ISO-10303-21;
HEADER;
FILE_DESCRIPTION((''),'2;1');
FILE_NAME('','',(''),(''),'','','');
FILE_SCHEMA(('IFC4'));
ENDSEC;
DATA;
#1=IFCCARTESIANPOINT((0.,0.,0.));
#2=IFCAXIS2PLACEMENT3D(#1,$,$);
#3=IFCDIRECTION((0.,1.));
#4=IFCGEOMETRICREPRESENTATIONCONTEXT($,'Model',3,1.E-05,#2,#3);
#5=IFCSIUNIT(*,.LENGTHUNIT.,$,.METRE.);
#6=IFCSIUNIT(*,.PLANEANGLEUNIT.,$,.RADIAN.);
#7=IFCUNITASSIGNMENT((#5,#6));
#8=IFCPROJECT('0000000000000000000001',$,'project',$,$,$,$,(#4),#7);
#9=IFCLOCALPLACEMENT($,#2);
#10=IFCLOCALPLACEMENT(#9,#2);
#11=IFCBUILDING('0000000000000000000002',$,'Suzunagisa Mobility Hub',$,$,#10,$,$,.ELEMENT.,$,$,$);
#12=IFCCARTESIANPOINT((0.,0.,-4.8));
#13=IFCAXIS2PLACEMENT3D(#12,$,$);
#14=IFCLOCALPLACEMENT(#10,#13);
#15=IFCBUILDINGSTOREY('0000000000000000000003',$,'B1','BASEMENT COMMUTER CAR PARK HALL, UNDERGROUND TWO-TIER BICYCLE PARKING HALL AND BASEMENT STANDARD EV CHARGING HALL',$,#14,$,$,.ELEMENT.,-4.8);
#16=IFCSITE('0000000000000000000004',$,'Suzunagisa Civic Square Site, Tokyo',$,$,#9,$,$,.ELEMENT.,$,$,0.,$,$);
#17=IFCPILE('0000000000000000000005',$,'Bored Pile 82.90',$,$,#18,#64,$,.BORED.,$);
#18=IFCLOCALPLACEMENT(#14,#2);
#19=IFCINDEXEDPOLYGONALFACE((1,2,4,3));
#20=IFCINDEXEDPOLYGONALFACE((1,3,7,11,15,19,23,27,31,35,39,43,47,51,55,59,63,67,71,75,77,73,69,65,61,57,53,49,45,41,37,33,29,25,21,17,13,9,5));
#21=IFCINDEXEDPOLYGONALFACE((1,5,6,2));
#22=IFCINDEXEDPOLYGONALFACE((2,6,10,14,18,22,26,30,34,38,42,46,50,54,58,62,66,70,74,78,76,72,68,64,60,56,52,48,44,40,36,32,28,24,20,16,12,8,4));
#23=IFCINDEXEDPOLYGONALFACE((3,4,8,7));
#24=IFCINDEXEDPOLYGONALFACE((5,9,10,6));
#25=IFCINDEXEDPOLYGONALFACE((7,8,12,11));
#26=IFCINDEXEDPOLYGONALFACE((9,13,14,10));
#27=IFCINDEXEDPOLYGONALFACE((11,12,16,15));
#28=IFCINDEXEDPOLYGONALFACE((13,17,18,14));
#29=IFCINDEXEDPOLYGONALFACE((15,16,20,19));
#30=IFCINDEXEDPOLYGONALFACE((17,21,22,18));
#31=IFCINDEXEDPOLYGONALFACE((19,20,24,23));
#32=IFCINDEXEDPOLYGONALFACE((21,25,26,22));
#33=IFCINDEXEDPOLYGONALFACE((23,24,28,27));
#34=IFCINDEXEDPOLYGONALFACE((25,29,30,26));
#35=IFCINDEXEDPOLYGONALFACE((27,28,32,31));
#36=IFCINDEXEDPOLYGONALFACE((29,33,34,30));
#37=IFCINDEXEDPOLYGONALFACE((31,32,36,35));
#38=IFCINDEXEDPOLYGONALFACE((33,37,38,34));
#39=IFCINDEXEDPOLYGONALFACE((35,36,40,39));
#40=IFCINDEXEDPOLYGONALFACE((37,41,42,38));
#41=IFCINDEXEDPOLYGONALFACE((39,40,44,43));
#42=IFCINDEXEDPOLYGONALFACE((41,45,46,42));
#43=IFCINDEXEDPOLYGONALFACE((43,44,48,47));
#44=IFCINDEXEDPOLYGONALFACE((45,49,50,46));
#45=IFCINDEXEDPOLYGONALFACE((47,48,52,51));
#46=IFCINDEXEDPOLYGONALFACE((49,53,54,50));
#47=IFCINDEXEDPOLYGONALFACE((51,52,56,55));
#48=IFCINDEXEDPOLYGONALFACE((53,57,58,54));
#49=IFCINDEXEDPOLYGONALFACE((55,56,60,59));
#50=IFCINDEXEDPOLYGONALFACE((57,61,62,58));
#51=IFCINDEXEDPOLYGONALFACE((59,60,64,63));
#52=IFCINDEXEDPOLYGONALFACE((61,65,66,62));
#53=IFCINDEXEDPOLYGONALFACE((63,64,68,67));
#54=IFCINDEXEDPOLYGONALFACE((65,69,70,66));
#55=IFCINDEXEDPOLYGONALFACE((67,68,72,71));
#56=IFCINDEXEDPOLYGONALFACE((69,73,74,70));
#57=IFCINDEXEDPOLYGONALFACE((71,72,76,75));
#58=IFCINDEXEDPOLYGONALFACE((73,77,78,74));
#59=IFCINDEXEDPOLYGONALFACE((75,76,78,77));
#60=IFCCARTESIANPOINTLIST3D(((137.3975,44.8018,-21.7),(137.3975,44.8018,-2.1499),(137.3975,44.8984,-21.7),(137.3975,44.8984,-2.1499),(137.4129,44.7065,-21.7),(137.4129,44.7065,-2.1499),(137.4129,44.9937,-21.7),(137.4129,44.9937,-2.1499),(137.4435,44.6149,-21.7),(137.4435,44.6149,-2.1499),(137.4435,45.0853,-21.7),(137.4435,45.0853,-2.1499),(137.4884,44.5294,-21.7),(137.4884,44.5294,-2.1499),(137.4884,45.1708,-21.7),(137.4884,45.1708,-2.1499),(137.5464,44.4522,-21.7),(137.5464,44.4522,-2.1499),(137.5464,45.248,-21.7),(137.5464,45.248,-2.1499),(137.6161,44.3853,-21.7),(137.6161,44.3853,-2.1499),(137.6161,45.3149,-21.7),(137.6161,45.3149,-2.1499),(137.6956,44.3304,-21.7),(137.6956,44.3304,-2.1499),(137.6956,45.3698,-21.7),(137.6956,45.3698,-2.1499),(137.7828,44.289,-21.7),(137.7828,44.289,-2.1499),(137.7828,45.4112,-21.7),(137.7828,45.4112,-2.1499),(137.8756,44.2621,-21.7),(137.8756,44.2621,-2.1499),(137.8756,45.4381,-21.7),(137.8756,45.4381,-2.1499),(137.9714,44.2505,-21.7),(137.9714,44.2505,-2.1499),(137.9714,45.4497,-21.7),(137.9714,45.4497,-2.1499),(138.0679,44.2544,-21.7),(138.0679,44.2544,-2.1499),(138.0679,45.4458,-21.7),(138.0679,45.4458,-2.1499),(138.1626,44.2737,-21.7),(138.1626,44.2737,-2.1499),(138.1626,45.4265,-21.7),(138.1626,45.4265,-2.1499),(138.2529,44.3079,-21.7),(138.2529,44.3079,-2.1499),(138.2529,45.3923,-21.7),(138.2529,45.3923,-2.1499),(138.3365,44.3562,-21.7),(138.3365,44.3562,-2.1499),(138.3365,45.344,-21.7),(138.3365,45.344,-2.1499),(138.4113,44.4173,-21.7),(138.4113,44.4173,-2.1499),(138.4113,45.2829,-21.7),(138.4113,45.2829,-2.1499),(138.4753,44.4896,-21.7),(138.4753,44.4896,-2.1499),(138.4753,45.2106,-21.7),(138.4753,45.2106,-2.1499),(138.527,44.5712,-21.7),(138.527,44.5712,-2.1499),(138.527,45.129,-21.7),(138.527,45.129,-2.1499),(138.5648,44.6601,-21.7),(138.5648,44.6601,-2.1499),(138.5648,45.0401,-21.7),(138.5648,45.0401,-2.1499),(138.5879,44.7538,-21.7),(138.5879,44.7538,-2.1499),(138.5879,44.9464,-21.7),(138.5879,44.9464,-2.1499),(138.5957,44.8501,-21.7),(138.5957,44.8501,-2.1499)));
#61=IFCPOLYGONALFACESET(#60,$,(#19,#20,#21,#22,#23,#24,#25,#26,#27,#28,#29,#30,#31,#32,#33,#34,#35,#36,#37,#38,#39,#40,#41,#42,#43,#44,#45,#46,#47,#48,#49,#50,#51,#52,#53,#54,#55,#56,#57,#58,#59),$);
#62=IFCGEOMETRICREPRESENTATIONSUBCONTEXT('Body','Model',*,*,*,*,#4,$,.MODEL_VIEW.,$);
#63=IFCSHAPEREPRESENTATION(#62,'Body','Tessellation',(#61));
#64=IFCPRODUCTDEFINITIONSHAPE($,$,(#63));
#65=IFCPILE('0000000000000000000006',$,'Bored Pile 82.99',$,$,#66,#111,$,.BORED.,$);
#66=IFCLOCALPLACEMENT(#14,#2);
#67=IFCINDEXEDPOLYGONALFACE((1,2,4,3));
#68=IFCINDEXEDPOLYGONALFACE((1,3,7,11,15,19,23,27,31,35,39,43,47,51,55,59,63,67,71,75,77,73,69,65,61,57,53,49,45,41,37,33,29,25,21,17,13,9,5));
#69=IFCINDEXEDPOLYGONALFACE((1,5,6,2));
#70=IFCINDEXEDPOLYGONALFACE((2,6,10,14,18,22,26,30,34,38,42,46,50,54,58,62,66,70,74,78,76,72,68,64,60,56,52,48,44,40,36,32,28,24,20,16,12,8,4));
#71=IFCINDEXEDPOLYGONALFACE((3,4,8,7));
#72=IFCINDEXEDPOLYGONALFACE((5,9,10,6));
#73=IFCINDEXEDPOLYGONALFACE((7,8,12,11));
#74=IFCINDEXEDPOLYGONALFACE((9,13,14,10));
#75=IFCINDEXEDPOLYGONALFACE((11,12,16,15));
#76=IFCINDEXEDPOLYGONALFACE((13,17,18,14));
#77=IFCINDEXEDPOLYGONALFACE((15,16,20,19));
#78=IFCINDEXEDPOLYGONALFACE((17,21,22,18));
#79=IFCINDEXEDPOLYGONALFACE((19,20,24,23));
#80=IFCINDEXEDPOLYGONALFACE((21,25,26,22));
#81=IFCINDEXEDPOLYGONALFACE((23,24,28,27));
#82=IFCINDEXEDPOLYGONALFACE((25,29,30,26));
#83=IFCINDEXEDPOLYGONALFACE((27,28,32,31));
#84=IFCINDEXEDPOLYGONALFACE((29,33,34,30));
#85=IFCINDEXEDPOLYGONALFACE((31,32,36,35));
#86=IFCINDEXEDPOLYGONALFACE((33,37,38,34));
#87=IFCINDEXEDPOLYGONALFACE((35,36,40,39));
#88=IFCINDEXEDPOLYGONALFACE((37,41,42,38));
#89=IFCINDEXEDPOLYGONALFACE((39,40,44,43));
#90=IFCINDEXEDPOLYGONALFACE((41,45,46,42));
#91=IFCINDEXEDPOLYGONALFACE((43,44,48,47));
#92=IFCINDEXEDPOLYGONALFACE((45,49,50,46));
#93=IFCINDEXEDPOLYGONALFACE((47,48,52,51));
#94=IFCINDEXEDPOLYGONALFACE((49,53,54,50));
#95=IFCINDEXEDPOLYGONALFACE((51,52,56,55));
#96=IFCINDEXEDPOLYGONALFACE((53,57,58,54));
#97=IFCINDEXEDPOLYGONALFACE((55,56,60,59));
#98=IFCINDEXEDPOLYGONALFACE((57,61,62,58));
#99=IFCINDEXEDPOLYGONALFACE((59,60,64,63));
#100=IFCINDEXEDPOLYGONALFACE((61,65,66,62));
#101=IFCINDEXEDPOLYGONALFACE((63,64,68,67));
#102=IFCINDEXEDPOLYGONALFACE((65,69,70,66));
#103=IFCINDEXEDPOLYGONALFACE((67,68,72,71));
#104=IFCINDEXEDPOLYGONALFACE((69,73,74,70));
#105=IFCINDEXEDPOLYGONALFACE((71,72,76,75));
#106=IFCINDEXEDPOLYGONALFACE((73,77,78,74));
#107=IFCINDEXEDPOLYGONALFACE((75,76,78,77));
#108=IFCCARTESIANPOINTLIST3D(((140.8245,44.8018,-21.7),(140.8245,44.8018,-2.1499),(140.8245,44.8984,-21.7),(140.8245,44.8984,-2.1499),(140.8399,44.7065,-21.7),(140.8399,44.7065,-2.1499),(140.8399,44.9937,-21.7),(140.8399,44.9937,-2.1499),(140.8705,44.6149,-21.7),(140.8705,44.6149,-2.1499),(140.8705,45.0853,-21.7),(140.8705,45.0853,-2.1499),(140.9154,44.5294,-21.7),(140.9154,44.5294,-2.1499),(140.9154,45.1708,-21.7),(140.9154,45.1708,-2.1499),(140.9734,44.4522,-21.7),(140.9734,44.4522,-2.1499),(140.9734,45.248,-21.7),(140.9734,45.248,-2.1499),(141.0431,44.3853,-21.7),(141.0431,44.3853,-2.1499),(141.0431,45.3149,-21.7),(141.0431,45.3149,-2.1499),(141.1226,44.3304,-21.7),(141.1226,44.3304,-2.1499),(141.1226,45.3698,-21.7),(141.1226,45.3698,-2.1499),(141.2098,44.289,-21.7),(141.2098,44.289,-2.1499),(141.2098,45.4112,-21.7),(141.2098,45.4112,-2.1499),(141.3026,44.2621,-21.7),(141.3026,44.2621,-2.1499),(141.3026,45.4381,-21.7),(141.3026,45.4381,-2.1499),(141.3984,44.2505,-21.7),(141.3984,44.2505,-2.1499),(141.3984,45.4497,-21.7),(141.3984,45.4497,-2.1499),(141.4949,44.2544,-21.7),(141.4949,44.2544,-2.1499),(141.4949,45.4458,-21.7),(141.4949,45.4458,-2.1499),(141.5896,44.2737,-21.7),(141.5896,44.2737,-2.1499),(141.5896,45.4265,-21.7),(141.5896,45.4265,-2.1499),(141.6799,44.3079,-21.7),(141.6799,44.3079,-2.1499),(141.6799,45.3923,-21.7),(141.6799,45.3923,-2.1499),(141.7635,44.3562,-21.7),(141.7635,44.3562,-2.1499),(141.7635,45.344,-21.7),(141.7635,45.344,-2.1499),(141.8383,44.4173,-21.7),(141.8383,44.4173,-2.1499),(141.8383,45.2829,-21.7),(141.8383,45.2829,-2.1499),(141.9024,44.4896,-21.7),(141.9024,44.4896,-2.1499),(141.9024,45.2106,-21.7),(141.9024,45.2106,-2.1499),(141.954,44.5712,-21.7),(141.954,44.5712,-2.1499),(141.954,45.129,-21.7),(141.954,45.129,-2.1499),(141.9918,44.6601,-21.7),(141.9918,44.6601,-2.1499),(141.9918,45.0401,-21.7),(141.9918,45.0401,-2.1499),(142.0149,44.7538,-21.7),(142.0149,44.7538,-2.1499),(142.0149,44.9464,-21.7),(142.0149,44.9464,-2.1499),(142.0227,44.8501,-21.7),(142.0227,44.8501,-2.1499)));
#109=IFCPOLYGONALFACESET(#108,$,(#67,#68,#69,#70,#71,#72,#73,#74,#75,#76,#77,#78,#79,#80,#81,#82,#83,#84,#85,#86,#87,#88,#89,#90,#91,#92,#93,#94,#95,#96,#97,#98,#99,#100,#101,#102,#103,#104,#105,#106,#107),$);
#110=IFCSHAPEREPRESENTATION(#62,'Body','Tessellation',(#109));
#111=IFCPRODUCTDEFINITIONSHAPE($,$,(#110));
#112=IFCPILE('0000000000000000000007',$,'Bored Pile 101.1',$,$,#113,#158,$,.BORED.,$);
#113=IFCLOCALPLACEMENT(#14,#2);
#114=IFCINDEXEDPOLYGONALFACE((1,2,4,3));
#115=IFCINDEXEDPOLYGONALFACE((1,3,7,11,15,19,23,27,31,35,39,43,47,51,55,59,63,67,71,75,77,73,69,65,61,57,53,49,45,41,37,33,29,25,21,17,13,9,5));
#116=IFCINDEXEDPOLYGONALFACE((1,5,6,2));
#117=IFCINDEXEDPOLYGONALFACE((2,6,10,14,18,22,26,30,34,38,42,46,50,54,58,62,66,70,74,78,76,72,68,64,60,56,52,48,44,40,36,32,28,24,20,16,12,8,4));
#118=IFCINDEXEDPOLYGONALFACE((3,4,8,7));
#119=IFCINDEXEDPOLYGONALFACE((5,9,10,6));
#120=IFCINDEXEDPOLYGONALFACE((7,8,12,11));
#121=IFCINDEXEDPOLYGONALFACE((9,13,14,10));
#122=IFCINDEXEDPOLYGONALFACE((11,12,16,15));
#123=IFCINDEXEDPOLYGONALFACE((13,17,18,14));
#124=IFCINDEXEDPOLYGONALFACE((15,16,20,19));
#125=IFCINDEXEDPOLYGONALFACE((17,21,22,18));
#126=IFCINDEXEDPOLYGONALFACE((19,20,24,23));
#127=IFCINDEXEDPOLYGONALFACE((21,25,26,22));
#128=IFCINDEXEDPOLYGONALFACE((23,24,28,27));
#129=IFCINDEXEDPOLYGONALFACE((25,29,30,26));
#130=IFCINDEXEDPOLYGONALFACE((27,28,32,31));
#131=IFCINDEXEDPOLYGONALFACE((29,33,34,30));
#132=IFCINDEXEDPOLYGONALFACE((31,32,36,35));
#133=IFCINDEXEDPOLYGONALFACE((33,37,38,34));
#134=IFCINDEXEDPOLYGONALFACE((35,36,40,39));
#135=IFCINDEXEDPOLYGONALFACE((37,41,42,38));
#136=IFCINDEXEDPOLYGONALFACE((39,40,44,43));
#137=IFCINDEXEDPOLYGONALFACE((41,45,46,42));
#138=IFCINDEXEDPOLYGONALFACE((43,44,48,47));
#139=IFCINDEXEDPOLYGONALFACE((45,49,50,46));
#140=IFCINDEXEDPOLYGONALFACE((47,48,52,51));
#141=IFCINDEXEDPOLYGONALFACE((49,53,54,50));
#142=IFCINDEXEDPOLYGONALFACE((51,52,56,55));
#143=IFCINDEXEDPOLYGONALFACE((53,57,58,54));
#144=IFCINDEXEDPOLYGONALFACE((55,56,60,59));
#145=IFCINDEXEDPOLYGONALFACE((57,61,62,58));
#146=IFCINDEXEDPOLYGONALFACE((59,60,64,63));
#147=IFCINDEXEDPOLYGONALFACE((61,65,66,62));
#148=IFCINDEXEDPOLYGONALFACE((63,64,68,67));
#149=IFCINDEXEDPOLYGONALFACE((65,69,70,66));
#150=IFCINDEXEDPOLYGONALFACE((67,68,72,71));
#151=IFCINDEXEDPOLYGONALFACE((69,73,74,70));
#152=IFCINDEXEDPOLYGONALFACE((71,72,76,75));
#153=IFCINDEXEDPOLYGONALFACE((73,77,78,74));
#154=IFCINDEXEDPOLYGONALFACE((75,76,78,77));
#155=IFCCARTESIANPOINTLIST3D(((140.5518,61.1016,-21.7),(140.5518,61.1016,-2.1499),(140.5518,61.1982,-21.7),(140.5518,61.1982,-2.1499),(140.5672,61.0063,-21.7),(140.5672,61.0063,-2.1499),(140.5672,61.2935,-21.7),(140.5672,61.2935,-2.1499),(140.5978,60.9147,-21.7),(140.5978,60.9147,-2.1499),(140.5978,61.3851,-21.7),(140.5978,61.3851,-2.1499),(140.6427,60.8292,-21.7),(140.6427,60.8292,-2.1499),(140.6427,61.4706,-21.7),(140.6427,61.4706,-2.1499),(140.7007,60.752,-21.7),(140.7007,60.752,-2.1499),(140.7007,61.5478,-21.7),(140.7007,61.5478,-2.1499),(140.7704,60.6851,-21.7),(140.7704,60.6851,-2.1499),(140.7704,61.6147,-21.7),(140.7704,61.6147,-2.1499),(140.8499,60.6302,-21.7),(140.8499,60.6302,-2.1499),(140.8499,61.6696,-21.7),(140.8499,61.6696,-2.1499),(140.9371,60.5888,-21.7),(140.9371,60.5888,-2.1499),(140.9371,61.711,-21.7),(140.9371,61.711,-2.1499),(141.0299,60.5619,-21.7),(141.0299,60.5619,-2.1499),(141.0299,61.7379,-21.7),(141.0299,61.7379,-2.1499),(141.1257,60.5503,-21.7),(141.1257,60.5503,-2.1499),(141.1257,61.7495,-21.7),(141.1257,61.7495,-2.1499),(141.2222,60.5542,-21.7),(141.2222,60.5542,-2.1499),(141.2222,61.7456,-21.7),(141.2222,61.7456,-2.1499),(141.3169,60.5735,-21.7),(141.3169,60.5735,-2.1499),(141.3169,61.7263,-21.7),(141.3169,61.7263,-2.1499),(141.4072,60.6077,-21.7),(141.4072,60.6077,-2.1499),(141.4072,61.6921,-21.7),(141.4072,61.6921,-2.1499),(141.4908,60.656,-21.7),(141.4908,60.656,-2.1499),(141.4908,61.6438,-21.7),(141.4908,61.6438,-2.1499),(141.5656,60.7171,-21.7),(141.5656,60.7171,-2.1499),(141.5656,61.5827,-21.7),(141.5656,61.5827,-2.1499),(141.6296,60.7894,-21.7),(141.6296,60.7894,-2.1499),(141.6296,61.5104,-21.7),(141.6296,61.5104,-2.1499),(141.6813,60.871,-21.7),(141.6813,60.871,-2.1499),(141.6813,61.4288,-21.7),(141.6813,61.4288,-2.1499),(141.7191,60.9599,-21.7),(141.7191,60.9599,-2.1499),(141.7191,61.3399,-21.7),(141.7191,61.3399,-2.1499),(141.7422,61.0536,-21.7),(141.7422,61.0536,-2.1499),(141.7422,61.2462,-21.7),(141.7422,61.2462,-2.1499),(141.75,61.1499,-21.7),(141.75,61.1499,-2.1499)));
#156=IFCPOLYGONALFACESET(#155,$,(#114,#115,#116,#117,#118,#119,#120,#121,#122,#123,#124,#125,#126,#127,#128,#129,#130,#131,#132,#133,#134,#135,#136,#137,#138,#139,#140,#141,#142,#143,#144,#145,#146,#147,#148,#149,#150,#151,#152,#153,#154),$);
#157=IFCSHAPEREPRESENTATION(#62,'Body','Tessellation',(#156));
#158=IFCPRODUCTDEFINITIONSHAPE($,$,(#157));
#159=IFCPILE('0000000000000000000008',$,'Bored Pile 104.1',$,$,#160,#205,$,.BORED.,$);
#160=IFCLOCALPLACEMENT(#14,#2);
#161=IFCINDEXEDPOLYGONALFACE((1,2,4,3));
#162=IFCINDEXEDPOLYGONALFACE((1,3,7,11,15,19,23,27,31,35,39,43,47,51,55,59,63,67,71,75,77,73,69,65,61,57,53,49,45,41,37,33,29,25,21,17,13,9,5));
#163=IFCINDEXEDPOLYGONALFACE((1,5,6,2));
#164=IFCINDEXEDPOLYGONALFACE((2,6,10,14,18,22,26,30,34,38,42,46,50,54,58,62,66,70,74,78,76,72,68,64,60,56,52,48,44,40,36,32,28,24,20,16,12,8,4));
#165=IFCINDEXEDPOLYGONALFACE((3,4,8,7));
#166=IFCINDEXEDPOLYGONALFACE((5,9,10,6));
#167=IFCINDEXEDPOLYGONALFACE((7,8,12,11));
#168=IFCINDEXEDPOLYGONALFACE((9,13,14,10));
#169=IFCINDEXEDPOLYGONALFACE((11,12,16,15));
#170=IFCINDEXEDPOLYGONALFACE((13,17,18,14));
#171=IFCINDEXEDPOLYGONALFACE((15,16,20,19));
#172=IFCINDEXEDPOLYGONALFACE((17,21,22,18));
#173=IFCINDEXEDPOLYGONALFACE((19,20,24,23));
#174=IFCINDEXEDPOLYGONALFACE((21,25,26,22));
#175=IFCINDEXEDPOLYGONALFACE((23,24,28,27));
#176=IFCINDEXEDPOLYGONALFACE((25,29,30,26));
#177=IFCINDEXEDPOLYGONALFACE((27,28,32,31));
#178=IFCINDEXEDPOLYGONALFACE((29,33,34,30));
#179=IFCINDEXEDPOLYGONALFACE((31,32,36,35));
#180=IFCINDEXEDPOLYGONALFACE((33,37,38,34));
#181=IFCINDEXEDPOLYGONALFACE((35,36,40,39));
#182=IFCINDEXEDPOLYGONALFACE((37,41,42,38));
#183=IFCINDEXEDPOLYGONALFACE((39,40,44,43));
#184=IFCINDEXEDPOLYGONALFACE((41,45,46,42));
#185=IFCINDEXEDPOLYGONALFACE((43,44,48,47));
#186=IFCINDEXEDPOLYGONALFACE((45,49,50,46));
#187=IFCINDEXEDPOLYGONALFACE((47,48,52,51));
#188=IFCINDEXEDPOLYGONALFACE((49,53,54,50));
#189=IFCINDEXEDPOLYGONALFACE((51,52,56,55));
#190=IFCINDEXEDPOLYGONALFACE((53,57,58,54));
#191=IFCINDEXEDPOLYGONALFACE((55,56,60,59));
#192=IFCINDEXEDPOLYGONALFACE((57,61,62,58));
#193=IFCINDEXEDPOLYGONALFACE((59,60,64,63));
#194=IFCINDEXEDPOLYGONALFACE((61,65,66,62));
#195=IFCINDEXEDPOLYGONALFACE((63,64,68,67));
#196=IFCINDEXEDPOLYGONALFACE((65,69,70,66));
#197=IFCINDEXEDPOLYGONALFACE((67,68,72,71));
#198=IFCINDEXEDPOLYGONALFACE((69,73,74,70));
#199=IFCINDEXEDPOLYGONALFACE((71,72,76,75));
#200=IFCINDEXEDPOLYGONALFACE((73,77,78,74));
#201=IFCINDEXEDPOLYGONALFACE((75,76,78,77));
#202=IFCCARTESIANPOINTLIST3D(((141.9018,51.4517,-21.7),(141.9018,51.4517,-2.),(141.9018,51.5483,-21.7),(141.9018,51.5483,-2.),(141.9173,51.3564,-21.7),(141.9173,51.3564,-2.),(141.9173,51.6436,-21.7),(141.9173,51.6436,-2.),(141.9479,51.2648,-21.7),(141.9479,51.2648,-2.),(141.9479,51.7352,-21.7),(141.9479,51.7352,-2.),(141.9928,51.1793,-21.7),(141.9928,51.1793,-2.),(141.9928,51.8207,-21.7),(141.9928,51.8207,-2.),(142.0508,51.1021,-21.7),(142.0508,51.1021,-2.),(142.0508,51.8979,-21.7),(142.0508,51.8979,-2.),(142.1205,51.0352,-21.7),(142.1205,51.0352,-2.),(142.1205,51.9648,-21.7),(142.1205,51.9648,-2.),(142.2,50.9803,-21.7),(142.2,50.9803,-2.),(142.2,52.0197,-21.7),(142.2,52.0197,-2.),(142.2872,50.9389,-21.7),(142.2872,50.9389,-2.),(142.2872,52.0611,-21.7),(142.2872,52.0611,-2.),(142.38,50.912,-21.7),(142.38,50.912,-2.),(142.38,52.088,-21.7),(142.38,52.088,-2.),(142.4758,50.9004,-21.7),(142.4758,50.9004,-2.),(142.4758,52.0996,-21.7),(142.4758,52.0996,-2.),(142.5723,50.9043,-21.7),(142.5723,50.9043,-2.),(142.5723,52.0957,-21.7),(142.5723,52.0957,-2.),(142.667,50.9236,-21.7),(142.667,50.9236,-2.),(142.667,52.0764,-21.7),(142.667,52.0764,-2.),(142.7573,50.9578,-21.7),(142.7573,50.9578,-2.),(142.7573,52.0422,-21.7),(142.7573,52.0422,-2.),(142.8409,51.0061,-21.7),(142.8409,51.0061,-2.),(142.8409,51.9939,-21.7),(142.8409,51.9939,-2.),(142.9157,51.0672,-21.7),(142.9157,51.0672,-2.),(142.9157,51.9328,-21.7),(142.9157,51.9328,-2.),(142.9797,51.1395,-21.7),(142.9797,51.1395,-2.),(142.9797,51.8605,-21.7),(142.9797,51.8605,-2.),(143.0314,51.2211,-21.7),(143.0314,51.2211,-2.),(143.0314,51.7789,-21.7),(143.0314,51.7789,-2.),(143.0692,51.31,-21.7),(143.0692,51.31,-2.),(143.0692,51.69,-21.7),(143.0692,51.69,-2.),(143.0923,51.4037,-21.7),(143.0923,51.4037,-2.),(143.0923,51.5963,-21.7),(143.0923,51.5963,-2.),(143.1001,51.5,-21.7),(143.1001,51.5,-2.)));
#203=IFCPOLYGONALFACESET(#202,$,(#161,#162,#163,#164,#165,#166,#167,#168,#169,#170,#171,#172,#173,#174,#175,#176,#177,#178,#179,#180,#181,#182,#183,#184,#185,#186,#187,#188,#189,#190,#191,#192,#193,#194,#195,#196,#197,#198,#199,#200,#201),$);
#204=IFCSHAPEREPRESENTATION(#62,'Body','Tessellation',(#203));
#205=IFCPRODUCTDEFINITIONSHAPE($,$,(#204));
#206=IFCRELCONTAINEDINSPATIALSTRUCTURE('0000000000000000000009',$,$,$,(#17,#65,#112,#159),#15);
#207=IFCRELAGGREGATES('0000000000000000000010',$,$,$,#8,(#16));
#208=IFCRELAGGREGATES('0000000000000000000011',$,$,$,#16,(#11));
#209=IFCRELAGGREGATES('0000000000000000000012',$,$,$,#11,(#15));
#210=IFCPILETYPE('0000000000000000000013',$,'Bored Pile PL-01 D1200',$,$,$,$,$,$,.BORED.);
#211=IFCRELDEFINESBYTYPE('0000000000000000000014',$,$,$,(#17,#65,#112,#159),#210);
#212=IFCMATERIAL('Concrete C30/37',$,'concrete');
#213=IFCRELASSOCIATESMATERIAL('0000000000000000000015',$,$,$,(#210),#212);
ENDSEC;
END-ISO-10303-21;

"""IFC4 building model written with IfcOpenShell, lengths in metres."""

from ifc_helpers import new_model, si_unit, direction, frame, origin, origin_2d, place, context, subcontext, project, spatial, circle, extrude, material, material_profile, profile_set, type_object, element, save


model = new_model("IFC4")

# Units and contexts
model_context = context("Model", 3, precision=1e-05, world=origin(), true_north=direction((0.0, 1.0)))
body_context = subcontext(model_context, "Body", "Model", "MODEL_VIEW")
ifc_project = project(units=[si_unit("LENGTHUNIT", "METRE"), si_unit("PLANEANGLEUNIT", "RADIAN")], contexts=[model_context])

# Site, building, storey
site_placement = place(None, origin())
site = spatial("IfcSite", under=ifc_project, at=site_placement, Name="Suzunagisa Civic Square Site, Tokyo", CompositionType="ELEMENT", RefElevation=0.0)
building_placement = place(site_placement, origin())
building = spatial("IfcBuilding", under=site, at=building_placement, Name="Suzunagisa Mobility Hub", CompositionType="ELEMENT")
storey_placement = place(building_placement, frame((0.0, 0.0, -4.8)))
storey = spatial("IfcBuildingStorey", under=building, at=storey_placement, Name="B1", Description="BASEMENT COMMUTER CAR PARK HALL, UNDERGROUND TWO-TIER BICYCLE PARKING HALL AND BASEMENT STANDARD EV CHARGING HALL", CompositionType="ELEMENT", Elevation=-4.8)

# Piles
ifc_material_1 = material(Name="Concrete C30/37", Category="concrete")
ifc_material_profile_1 = material_profile(ifc_material_1, circle(Radius=0.6001, at=origin_2d()), Name="BORED PILE D1200")
ifc_profile_set_1 = profile_set([ifc_material_profile_1], Name="Concrete C30/37")
pile_type = type_object("IfcPileType", Name="Bored Pile PL-01 D1200", PredefinedType="BORED", material=ifc_profile_set_1)
for number, where, z_axis, x_axis, name in (
    (1, (137.9956, 44.8501, -2.1499), (0.0, 0.0, -1.0), (1.0, 0.0, 0.0), "Bored Pile 82.90"),
    (2, (141.4226, 44.8501, -2.1499), (0.0, 0.0, -1.0), (1.0, 0.0, 0.0), "Bored Pile 82.99"),
    (3, (141.1499, 61.1499, -2.1499), (0.0, 0.0, -1.0), (1.0, 0.0, 0.0), "Bored Pile 101.1"),
):
    element("IfcPile", number, at=place(storey_placement, frame(where, z_axis=z_axis, x_axis=x_axis)), inside=storey, type_object=pile_type, Name=name, PredefinedType="BORED", context=body_context, shape_type="SweptSolid", body=[
        extrude(circle(Radius=0.6001, at=origin_2d()), origin(), (0.0, 0.0, 1.0), 19.55),
    ])
for number, where, z_axis, x_axis, name in (
    (4, (142.5, 51.5, -2.0), (0.0, 0.0, -1.0), (1.0, 0.0, 0.0), "Bored Pile 104.1"),
):
    element("IfcPile", number, at=place(storey_placement, frame(where, z_axis=z_axis, x_axis=x_axis)), inside=storey, type_object=pile_type, Name=name, PredefinedType="BORED", context=body_context, shape_type="SweptSolid", body=[
        extrude(circle(Radius=0.6001, at=origin_2d()), origin(), (0.0, 0.0, 1.0), 19.7),
    ])

save(model, "model.ifc")
